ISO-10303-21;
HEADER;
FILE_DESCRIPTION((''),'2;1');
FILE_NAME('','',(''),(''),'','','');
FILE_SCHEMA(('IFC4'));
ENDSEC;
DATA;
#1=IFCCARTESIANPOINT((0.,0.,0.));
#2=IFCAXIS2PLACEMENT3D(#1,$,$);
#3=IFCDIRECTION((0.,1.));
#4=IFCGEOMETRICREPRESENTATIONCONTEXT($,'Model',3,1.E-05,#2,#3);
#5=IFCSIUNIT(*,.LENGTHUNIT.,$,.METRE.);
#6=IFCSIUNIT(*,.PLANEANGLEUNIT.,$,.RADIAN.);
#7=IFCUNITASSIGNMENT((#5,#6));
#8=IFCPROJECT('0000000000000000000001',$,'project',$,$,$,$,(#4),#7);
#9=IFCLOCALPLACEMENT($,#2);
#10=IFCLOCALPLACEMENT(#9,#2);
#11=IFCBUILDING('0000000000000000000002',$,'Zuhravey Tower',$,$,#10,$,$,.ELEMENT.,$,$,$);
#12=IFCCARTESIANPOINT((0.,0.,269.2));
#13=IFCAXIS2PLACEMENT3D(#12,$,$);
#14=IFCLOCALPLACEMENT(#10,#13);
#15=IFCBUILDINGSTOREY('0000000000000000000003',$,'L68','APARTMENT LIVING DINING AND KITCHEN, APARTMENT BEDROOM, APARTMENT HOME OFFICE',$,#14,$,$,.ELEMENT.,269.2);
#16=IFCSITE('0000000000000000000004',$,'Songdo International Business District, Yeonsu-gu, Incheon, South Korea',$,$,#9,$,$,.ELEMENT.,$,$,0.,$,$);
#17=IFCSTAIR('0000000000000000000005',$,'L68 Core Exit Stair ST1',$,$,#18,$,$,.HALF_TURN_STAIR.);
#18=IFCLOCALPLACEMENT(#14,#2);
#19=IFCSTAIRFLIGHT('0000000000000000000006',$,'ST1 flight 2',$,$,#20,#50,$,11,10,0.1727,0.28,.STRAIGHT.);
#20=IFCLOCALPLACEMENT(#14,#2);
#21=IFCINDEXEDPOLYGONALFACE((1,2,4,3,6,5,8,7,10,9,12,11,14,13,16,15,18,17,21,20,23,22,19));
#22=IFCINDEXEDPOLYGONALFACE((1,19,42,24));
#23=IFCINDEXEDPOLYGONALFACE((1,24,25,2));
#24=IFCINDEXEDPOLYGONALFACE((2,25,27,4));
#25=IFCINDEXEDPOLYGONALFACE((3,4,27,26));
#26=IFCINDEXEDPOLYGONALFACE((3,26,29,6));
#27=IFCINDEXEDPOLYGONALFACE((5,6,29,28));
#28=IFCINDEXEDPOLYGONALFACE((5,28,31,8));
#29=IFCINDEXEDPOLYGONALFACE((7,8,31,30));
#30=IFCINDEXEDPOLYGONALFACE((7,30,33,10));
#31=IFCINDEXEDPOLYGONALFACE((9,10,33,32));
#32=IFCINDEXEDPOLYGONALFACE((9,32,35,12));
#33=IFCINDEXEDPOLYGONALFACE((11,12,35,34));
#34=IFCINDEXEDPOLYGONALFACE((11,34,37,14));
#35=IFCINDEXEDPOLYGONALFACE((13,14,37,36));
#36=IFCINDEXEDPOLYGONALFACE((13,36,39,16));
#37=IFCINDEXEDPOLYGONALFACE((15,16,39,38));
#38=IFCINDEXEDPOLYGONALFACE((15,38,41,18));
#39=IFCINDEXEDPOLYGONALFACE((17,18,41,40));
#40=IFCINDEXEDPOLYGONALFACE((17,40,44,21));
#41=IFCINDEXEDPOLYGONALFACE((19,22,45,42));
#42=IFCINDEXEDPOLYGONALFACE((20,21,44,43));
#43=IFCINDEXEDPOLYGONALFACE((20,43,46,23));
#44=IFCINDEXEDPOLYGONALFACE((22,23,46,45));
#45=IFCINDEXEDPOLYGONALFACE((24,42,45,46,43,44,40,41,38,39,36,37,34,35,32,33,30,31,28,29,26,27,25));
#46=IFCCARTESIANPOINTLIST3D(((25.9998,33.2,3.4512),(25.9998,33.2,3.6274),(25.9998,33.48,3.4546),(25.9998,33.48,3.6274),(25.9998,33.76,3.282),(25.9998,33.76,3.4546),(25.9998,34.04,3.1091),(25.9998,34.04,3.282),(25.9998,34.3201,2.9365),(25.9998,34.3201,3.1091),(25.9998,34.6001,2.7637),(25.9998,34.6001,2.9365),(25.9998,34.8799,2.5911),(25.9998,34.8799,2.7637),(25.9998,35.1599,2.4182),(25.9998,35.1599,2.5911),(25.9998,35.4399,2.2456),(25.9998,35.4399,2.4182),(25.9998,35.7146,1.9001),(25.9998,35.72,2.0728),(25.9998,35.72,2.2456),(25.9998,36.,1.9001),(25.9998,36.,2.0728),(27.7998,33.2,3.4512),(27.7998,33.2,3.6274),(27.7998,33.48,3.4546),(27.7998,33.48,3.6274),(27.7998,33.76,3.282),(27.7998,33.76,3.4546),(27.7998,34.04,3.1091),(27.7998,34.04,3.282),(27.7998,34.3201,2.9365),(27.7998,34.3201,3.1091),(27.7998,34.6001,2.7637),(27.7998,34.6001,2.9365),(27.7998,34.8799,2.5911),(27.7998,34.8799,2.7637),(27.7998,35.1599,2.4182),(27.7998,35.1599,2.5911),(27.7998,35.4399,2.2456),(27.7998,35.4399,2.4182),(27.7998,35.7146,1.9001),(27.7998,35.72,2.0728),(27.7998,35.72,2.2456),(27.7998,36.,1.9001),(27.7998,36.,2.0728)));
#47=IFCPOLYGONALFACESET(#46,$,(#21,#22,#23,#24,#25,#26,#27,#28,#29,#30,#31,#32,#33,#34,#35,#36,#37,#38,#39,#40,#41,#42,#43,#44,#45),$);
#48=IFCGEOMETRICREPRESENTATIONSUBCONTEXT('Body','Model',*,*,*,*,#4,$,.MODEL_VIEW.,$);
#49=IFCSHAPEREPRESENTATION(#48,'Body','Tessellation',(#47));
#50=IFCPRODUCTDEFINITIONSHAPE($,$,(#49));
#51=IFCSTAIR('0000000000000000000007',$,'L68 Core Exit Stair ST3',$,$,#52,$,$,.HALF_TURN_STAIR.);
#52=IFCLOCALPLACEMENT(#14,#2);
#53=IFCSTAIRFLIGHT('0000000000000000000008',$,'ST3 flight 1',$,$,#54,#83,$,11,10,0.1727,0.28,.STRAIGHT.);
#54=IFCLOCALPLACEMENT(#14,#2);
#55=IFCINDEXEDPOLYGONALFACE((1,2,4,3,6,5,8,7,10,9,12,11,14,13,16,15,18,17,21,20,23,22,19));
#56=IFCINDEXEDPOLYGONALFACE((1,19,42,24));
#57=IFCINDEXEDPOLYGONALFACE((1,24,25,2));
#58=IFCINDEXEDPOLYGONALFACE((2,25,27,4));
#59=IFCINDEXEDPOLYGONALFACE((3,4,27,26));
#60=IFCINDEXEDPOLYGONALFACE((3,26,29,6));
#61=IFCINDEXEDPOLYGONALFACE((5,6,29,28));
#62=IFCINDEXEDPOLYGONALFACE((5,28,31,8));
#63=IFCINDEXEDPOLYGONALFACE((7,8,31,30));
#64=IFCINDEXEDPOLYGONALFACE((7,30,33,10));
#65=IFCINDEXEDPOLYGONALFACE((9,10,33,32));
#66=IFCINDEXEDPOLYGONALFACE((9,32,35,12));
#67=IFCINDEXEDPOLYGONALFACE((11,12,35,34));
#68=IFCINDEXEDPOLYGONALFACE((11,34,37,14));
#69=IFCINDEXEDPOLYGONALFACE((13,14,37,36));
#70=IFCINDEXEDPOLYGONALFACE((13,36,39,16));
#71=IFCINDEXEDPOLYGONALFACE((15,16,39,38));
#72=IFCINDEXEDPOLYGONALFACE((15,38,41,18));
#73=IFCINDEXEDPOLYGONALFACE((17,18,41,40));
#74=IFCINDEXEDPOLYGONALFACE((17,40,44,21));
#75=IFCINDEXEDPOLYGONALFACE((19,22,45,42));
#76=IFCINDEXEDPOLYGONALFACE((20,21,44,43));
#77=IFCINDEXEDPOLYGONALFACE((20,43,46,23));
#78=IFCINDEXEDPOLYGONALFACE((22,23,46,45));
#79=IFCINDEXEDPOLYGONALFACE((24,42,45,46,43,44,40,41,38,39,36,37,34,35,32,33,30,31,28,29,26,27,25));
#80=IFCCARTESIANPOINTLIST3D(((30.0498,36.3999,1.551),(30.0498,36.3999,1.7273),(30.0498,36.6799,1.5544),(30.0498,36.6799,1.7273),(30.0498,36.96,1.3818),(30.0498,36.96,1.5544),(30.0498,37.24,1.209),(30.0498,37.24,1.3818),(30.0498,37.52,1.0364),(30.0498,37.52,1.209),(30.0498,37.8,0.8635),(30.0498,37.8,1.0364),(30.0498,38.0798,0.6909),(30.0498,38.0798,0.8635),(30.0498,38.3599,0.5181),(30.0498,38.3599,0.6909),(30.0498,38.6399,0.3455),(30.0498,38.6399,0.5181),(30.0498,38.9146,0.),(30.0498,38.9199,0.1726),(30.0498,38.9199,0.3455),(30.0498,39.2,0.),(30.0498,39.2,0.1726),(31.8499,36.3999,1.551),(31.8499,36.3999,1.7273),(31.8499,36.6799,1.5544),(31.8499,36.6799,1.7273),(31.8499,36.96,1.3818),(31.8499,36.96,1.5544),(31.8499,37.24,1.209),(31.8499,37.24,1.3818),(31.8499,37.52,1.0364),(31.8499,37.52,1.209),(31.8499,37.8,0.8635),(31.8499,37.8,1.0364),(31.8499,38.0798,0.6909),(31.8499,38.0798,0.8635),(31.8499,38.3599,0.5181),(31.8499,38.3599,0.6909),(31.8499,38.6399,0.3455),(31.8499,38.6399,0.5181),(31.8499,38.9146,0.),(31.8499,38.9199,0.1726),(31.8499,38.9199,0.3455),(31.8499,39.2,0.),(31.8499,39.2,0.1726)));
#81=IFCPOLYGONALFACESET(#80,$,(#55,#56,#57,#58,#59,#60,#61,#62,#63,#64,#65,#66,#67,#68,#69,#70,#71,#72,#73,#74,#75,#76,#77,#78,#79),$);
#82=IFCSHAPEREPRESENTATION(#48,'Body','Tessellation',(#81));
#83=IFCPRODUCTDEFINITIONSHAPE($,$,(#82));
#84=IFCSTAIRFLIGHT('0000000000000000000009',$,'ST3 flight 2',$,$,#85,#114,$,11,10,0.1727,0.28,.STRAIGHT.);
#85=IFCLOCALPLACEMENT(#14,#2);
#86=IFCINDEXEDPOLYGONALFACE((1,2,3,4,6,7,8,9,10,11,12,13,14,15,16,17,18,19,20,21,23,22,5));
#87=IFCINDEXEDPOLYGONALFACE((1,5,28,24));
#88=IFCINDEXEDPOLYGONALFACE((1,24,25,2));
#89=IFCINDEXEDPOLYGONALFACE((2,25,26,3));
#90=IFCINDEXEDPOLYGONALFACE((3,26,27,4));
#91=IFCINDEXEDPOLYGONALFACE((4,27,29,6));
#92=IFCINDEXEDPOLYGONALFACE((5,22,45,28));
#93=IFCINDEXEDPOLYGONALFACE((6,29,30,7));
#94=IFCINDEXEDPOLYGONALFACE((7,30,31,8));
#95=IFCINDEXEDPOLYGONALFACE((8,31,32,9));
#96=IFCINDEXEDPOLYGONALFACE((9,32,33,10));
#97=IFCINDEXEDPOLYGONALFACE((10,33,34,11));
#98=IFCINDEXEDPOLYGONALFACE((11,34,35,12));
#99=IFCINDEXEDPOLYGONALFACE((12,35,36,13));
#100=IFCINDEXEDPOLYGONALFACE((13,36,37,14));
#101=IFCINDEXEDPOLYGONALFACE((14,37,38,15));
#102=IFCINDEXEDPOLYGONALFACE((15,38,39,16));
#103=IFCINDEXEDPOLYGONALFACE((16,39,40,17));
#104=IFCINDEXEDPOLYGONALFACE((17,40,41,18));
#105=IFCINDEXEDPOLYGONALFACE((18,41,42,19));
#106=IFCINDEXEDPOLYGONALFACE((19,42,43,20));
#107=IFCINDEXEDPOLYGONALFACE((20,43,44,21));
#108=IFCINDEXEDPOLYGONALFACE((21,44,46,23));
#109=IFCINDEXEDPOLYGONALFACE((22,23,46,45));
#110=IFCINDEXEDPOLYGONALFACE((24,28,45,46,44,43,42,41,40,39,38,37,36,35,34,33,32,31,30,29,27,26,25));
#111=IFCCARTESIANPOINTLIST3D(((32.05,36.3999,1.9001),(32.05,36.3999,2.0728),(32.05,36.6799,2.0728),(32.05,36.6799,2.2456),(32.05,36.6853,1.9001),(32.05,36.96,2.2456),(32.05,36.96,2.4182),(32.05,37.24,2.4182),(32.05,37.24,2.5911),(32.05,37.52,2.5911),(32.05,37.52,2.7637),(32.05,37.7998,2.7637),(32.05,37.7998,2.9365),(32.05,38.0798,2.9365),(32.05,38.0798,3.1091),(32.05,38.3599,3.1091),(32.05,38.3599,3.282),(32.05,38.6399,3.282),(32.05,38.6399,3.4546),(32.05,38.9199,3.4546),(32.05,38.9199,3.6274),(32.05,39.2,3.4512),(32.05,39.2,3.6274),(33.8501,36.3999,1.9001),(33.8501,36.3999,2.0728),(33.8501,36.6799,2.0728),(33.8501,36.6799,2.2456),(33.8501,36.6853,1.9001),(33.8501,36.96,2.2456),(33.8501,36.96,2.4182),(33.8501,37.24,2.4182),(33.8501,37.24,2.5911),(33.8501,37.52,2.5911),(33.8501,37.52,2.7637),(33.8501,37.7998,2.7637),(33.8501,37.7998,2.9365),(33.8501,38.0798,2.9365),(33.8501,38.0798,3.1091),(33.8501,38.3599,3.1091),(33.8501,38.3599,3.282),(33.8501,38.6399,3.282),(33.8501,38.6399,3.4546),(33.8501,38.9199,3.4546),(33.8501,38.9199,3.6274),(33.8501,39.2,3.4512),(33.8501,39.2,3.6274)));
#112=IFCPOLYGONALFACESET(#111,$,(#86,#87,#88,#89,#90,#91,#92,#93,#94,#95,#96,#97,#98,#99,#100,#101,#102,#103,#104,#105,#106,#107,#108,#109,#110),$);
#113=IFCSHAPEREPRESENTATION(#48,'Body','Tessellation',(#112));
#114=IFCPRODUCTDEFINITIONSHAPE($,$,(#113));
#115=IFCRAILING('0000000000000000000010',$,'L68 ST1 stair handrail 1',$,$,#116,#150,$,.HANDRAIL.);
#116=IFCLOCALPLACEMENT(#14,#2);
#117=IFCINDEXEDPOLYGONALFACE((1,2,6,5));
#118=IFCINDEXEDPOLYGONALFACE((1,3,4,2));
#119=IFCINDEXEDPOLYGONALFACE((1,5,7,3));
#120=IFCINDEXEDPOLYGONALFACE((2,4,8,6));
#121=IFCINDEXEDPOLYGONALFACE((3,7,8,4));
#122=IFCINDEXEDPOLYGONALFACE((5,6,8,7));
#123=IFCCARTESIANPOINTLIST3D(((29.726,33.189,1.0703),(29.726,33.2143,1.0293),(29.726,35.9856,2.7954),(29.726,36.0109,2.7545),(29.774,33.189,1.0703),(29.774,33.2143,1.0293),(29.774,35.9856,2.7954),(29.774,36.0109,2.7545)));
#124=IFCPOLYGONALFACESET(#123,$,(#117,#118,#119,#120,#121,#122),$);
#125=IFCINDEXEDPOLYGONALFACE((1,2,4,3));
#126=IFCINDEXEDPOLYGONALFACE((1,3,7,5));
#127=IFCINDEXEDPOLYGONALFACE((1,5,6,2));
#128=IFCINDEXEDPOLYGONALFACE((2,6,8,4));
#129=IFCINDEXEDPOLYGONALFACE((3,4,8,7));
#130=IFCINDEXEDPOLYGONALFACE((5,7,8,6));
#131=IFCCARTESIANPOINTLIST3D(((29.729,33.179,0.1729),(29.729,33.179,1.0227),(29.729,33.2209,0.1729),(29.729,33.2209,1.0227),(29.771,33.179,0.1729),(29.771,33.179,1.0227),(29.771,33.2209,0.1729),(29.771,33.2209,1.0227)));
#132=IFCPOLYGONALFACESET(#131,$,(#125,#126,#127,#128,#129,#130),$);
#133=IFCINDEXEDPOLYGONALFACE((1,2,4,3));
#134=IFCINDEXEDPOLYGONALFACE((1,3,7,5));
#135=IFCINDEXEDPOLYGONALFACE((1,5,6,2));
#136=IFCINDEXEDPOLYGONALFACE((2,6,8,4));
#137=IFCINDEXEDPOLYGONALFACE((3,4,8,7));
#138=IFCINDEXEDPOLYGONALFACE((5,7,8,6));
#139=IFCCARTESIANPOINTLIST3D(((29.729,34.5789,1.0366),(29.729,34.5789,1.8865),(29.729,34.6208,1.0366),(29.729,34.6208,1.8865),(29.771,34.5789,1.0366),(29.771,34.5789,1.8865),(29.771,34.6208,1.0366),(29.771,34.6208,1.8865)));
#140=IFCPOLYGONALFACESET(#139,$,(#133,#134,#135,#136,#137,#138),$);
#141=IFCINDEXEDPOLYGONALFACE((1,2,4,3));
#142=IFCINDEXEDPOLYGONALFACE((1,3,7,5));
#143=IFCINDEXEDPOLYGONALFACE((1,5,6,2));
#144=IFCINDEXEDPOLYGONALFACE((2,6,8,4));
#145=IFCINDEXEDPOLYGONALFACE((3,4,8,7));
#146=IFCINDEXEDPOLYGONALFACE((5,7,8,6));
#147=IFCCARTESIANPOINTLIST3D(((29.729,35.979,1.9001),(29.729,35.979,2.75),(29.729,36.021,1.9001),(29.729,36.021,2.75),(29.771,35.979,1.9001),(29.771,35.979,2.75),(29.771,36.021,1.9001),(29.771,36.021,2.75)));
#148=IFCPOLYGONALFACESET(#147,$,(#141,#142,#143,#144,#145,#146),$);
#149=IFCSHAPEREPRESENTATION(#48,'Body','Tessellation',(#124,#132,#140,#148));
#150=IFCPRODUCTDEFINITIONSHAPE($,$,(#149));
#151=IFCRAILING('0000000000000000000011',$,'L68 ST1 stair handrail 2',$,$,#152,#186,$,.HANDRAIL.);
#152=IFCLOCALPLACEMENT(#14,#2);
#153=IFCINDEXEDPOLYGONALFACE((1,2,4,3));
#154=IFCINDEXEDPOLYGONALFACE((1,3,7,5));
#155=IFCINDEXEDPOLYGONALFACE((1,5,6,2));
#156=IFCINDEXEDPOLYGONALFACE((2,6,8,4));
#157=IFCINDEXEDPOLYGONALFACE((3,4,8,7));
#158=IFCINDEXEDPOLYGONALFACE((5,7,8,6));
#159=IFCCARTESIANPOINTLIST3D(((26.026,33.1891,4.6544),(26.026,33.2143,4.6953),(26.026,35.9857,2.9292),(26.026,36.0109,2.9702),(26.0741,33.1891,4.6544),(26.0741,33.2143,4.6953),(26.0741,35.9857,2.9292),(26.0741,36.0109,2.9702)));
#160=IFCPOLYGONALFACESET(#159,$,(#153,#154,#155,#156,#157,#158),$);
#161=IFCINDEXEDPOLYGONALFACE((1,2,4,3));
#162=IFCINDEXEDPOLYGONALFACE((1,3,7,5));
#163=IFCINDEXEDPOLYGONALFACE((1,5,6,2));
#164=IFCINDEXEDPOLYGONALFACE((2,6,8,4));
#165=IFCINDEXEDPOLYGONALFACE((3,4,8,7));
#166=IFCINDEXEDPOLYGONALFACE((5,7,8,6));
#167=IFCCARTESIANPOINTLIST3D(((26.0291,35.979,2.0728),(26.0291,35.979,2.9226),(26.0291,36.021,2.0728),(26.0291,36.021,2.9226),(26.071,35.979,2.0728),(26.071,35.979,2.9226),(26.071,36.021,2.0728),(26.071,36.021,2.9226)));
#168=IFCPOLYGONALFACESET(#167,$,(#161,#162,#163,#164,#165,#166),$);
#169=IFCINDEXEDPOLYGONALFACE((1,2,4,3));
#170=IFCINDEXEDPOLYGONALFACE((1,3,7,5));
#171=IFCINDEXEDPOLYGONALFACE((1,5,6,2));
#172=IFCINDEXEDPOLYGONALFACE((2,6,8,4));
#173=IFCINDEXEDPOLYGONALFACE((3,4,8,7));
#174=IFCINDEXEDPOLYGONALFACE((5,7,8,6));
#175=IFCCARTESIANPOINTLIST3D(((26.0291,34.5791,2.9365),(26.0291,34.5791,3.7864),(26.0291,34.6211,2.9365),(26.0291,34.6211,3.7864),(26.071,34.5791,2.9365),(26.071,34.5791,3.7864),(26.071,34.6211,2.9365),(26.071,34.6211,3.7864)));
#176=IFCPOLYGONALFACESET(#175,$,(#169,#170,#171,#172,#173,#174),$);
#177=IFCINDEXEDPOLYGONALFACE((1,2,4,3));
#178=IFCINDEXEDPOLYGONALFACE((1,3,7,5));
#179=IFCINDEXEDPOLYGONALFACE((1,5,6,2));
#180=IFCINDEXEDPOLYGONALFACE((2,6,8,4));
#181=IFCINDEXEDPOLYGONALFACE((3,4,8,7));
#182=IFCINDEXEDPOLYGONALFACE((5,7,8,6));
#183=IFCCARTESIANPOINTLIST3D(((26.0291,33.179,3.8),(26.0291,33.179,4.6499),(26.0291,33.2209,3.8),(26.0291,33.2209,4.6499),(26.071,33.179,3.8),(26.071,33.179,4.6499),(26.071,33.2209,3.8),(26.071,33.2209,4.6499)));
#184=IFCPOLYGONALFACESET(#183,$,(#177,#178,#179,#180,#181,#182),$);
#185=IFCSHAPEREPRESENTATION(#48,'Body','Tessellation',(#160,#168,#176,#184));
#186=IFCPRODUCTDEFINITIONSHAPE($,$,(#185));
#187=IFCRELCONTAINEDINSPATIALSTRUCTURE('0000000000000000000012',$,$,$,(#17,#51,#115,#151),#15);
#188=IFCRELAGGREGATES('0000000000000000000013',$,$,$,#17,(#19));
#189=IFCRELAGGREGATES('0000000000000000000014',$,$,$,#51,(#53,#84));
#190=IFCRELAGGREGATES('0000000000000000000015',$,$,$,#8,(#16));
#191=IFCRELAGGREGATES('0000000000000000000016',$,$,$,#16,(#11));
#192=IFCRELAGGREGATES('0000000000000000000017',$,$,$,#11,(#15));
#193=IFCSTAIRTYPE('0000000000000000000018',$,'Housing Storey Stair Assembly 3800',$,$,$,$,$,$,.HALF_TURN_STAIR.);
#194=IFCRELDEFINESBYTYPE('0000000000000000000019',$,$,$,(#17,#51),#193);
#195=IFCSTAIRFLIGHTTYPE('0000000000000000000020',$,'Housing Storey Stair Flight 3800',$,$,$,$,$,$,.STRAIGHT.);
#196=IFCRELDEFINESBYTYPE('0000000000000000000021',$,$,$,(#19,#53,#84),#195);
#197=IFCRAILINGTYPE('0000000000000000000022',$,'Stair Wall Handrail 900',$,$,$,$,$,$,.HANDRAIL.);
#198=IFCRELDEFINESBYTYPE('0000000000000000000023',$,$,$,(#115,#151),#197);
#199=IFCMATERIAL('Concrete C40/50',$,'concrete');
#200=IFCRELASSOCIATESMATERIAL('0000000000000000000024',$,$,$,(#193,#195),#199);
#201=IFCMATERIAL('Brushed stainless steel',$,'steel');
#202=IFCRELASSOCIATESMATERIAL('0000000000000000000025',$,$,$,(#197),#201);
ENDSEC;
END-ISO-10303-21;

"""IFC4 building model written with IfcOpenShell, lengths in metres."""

from ifc_helpers import new_model, si_unit, direction, frame, origin, origin_2d, place, context, subcontext, project, spatial, polyline, rectangle, outline, extrude, material, type_object, element, aggregate, save


model = new_model("IFC4")

# Units and contexts
model_context = context("Model", 3, precision=1e-05, world=origin(), true_north=direction((0.0, 1.0)))
body_context = subcontext(model_context, "Body", "Model", "MODEL_VIEW")
ifc_project = project(units=[si_unit("LENGTHUNIT", "METRE"), si_unit("PLANEANGLEUNIT", "RADIAN")], contexts=[model_context])

# Site, building, storey
site_placement = place(None, origin())
site = spatial("IfcSite", under=ifc_project, at=site_placement, Name="Songdo International Business District, Yeonsu-gu, Incheon, South Korea", CompositionType="ELEMENT", RefElevation=0.0)
building_placement = place(site_placement, origin())
building = spatial("IfcBuilding", under=site, at=building_placement, Name="Zuhravey Tower", CompositionType="ELEMENT")
storey_placement = place(building_placement, frame((0.0, 0.0, 269.2)))
storey = spatial("IfcBuildingStorey", under=building, at=storey_placement, Name="L68", Description="APARTMENT LIVING DINING AND KITCHEN, APARTMENT BEDROOM, APARTMENT HOME OFFICE", CompositionType="ELEMENT", Elevation=269.2)

# Stairs, stair flights
ifc_material_1 = material(Name="Concrete C40/50", Category="concrete")
stair_type = type_object("IfcStairType", Name="Housing Storey Stair Assembly 3800", PredefinedType="HALF_TURN_STAIR", material=ifc_material_1)
stair_1_placement = place(storey_placement, origin())
stair_1 = element("IfcStair", 1, at=stair_1_placement, inside=storey, type_object=stair_type, Name="L68 Core Exit Stair ST1", PredefinedType="HALF_TURN_STAIR")
stair_flight_type = type_object("IfcStairFlightType", Name="Housing Storey Stair Flight 3800", PredefinedType="STRAIGHT", material=ifc_material_1)
stair_flight_1_placement = place(storey_placement, frame((26.8999, 36.0, 1.9001), z_axis=(0.0, 0.0, 1.0), x_axis=(0.0, -1.0, 0.0)))
stair_flight_1 = element("IfcStairFlight", 2, at=stair_flight_1_placement, type_object=stair_flight_type, Name="ST1 flight 2", NumberOfRisers=11, NumberOfTreads=10, PredefinedType="STRAIGHT", RiserHeight=0.1727, TreadLength=0.28, context=body_context, shape_type="SweptSolid", body=[
    extrude(outline(polyline([(0.0, 0.0), (0.0, 0.1726), (0.28, 0.1726), (0.28, 0.3455), (0.5601, 0.3455), (0.5601, 0.5181), (0.8401, 0.5181), (0.8401, 0.6909), (1.1201, 0.6909), (1.1201, 0.8635), (1.3999, 0.8635), (1.3999, 1.0364), (1.6799, 1.0364), (1.6799, 1.209), (1.96, 1.209), (1.96, 1.3818), (2.24, 1.3818), (2.24, 1.5544), (2.52, 1.5544), (2.52, 1.7273), (2.8, 1.7273), (2.8, 1.8999), (2.8, 1.551), (0.2854, 0.0), (0.0, 0.0)])), frame((0.0, 0.8999, 0.0), z_axis=(0.0, -1.0, 0.0), x_axis=(1.0, 0.0, 0.0)), (0.0, 0.0, 1.0), 1.8),
])
aggregate(stair_1, [stair_flight_1])
stair_2_placement = place(storey_placement, origin())
stair_2 = element("IfcStair", 3, at=stair_2_placement, inside=storey, type_object=stair_type, Name="L68 Core Exit Stair ST3", PredefinedType="HALF_TURN_STAIR")
stair_flight_2_placement = place(storey_placement, frame((30.95, 39.2, 0.0), z_axis=(0.0, 0.0, 1.0), x_axis=(0.0, -1.0, 0.0)))
stair_flight_2 = element("IfcStairFlight", 4, at=stair_flight_2_placement, type_object=stair_flight_type, Name="ST3 flight 1", NumberOfRisers=11, NumberOfTreads=10, PredefinedType="STRAIGHT", RiserHeight=0.1727, TreadLength=0.28, context=body_context, shape_type="SweptSolid", body=[
    extrude(outline(polyline([(0.0, 0.0), (0.0, 0.1726), (0.28, 0.1726), (0.28, 0.3455), (0.5601, 0.3455), (0.5601, 0.5181), (0.8401, 0.5181), (0.8401, 0.6909), (1.1201, 0.6909), (1.1201, 0.8635), (1.3999, 0.8635), (1.3999, 1.0364), (1.6799, 1.0364), (1.6799, 1.209), (1.96, 1.209), (1.96, 1.3818), (2.24, 1.3818), (2.24, 1.5544), (2.52, 1.5544), (2.52, 1.7273), (2.8, 1.7273), (2.8, 1.8999), (2.8, 1.551), (0.2854, 0.0), (0.0, 0.0)])), frame((0.0, 0.8999, 0.0), z_axis=(0.0, -1.0, 0.0), x_axis=(1.0, 0.0, 0.0)), (0.0, 0.0, 1.0), 1.8),
])
stair_flight_3_placement = place(storey_placement, frame((32.95, 36.3999, 1.9001), z_axis=(0.0, 0.0, 1.0), x_axis=(0.0, 1.0, 0.0)))
stair_flight_3 = element("IfcStairFlight", 5, at=stair_flight_3_placement, type_object=stair_flight_type, Name="ST3 flight 2", NumberOfRisers=11, NumberOfTreads=10, PredefinedType="STRAIGHT", RiserHeight=0.1727, TreadLength=0.28, context=body_context, shape_type="SweptSolid", body=[
    extrude(outline(polyline([(0.0, 0.0), (0.0, 0.1726), (0.28, 0.1726), (0.28, 0.3455), (0.5601, 0.3455), (0.5601, 0.5181), (0.8401, 0.5181), (0.8401, 0.6909), (1.1201, 0.6909), (1.1201, 0.8635), (1.3999, 0.8635), (1.3999, 1.0364), (1.6799, 1.0364), (1.6799, 1.209), (1.96, 1.209), (1.96, 1.3818), (2.24, 1.3818), (2.24, 1.5544), (2.52, 1.5544), (2.52, 1.7273), (2.8, 1.7273), (2.8, 1.8999), (2.8, 1.551), (0.2854, 0.0), (0.0, 0.0)])), frame((0.0, 0.8999, 0.0), z_axis=(0.0, -1.0, 0.0), x_axis=(1.0, 0.0, 0.0)), (0.0, 0.0, 1.0), 1.8),
])
aggregate(stair_2, [stair_flight_2, stair_flight_3])

# Railings
ifc_material_2 = material(Name="Brushed stainless steel", Category="steel")
railing_type_1 = type_object("IfcRailingType", Name="Stair Wall Handrail 900", PredefinedType="HANDRAIL", material=ifc_material_2)
railing_1_placement = place(storey_placement, frame((29.75, 33.2, 0.1729)))
element("IfcRailing", 6, at=railing_1_placement, inside=storey, type_object=railing_type_1, Name="L68 ST1 stair handrail 1", PredefinedType="HANDRAIL", context=body_context, shape_type="SweptSolid", body=[
    extrude(rectangle(XDim=0.0481, YDim=0.0481, at=origin_2d()), frame((0.0, 0.0017, 0.877), z_axis=(0.0, 0.85109, 0.52502), x_axis=(-1.0, 0.0, 0.0)), (0.0, 0.0, 1.0), 3.2859),
    extrude(rectangle(XDim=0.042, YDim=0.042, at=origin_2d()), origin(), (0.0, 0.0, 1.0), 0.8499),
    extrude(rectangle(XDim=0.042, YDim=0.042, at=origin_2d()), frame((0.0, 1.3999, 0.8638)), (0.0, 0.0, 1.0), 0.8499),
    extrude(rectangle(XDim=0.042, YDim=0.042, at=origin_2d()), frame((0.0, 2.8, 1.7273)), (0.0, 0.0, 1.0), 0.8499),
])
for number, where, name in (
    (7, (26.05, 36.0, 2.0728), "L68 ST1 stair handrail 2"),
):
    element("IfcRailing", number, at=place(storey_placement, frame(where)), inside=storey, type_object=railing_type_1, Name=name, PredefinedType="HANDRAIL", context=body_context, shape_type="SweptSolid", body=[
        extrude(rectangle(XDim=0.0481, YDim=0.0481, at=origin_2d()), frame((0.0, -0.0017, 0.877), z_axis=(0.0, -0.85109, 0.52502), x_axis=(1.0, 0.0, 0.0)), (0.0, 0.0, 1.0), 3.2859),
        extrude(rectangle(XDim=0.042, YDim=0.042, at=origin_2d()), origin(), (0.0, 0.0, 1.0), 0.8499),
        extrude(rectangle(XDim=0.042, YDim=0.042, at=origin_2d()), frame((0.0, -1.3999, 0.8638)), (0.0, 0.0, 1.0), 0.8499),
        extrude(rectangle(XDim=0.042, YDim=0.042, at=origin_2d()), frame((0.0, -2.8, 1.7273)), (0.0, 0.0, 1.0), 0.8499),
    ])

save(model, "model.ifc")
